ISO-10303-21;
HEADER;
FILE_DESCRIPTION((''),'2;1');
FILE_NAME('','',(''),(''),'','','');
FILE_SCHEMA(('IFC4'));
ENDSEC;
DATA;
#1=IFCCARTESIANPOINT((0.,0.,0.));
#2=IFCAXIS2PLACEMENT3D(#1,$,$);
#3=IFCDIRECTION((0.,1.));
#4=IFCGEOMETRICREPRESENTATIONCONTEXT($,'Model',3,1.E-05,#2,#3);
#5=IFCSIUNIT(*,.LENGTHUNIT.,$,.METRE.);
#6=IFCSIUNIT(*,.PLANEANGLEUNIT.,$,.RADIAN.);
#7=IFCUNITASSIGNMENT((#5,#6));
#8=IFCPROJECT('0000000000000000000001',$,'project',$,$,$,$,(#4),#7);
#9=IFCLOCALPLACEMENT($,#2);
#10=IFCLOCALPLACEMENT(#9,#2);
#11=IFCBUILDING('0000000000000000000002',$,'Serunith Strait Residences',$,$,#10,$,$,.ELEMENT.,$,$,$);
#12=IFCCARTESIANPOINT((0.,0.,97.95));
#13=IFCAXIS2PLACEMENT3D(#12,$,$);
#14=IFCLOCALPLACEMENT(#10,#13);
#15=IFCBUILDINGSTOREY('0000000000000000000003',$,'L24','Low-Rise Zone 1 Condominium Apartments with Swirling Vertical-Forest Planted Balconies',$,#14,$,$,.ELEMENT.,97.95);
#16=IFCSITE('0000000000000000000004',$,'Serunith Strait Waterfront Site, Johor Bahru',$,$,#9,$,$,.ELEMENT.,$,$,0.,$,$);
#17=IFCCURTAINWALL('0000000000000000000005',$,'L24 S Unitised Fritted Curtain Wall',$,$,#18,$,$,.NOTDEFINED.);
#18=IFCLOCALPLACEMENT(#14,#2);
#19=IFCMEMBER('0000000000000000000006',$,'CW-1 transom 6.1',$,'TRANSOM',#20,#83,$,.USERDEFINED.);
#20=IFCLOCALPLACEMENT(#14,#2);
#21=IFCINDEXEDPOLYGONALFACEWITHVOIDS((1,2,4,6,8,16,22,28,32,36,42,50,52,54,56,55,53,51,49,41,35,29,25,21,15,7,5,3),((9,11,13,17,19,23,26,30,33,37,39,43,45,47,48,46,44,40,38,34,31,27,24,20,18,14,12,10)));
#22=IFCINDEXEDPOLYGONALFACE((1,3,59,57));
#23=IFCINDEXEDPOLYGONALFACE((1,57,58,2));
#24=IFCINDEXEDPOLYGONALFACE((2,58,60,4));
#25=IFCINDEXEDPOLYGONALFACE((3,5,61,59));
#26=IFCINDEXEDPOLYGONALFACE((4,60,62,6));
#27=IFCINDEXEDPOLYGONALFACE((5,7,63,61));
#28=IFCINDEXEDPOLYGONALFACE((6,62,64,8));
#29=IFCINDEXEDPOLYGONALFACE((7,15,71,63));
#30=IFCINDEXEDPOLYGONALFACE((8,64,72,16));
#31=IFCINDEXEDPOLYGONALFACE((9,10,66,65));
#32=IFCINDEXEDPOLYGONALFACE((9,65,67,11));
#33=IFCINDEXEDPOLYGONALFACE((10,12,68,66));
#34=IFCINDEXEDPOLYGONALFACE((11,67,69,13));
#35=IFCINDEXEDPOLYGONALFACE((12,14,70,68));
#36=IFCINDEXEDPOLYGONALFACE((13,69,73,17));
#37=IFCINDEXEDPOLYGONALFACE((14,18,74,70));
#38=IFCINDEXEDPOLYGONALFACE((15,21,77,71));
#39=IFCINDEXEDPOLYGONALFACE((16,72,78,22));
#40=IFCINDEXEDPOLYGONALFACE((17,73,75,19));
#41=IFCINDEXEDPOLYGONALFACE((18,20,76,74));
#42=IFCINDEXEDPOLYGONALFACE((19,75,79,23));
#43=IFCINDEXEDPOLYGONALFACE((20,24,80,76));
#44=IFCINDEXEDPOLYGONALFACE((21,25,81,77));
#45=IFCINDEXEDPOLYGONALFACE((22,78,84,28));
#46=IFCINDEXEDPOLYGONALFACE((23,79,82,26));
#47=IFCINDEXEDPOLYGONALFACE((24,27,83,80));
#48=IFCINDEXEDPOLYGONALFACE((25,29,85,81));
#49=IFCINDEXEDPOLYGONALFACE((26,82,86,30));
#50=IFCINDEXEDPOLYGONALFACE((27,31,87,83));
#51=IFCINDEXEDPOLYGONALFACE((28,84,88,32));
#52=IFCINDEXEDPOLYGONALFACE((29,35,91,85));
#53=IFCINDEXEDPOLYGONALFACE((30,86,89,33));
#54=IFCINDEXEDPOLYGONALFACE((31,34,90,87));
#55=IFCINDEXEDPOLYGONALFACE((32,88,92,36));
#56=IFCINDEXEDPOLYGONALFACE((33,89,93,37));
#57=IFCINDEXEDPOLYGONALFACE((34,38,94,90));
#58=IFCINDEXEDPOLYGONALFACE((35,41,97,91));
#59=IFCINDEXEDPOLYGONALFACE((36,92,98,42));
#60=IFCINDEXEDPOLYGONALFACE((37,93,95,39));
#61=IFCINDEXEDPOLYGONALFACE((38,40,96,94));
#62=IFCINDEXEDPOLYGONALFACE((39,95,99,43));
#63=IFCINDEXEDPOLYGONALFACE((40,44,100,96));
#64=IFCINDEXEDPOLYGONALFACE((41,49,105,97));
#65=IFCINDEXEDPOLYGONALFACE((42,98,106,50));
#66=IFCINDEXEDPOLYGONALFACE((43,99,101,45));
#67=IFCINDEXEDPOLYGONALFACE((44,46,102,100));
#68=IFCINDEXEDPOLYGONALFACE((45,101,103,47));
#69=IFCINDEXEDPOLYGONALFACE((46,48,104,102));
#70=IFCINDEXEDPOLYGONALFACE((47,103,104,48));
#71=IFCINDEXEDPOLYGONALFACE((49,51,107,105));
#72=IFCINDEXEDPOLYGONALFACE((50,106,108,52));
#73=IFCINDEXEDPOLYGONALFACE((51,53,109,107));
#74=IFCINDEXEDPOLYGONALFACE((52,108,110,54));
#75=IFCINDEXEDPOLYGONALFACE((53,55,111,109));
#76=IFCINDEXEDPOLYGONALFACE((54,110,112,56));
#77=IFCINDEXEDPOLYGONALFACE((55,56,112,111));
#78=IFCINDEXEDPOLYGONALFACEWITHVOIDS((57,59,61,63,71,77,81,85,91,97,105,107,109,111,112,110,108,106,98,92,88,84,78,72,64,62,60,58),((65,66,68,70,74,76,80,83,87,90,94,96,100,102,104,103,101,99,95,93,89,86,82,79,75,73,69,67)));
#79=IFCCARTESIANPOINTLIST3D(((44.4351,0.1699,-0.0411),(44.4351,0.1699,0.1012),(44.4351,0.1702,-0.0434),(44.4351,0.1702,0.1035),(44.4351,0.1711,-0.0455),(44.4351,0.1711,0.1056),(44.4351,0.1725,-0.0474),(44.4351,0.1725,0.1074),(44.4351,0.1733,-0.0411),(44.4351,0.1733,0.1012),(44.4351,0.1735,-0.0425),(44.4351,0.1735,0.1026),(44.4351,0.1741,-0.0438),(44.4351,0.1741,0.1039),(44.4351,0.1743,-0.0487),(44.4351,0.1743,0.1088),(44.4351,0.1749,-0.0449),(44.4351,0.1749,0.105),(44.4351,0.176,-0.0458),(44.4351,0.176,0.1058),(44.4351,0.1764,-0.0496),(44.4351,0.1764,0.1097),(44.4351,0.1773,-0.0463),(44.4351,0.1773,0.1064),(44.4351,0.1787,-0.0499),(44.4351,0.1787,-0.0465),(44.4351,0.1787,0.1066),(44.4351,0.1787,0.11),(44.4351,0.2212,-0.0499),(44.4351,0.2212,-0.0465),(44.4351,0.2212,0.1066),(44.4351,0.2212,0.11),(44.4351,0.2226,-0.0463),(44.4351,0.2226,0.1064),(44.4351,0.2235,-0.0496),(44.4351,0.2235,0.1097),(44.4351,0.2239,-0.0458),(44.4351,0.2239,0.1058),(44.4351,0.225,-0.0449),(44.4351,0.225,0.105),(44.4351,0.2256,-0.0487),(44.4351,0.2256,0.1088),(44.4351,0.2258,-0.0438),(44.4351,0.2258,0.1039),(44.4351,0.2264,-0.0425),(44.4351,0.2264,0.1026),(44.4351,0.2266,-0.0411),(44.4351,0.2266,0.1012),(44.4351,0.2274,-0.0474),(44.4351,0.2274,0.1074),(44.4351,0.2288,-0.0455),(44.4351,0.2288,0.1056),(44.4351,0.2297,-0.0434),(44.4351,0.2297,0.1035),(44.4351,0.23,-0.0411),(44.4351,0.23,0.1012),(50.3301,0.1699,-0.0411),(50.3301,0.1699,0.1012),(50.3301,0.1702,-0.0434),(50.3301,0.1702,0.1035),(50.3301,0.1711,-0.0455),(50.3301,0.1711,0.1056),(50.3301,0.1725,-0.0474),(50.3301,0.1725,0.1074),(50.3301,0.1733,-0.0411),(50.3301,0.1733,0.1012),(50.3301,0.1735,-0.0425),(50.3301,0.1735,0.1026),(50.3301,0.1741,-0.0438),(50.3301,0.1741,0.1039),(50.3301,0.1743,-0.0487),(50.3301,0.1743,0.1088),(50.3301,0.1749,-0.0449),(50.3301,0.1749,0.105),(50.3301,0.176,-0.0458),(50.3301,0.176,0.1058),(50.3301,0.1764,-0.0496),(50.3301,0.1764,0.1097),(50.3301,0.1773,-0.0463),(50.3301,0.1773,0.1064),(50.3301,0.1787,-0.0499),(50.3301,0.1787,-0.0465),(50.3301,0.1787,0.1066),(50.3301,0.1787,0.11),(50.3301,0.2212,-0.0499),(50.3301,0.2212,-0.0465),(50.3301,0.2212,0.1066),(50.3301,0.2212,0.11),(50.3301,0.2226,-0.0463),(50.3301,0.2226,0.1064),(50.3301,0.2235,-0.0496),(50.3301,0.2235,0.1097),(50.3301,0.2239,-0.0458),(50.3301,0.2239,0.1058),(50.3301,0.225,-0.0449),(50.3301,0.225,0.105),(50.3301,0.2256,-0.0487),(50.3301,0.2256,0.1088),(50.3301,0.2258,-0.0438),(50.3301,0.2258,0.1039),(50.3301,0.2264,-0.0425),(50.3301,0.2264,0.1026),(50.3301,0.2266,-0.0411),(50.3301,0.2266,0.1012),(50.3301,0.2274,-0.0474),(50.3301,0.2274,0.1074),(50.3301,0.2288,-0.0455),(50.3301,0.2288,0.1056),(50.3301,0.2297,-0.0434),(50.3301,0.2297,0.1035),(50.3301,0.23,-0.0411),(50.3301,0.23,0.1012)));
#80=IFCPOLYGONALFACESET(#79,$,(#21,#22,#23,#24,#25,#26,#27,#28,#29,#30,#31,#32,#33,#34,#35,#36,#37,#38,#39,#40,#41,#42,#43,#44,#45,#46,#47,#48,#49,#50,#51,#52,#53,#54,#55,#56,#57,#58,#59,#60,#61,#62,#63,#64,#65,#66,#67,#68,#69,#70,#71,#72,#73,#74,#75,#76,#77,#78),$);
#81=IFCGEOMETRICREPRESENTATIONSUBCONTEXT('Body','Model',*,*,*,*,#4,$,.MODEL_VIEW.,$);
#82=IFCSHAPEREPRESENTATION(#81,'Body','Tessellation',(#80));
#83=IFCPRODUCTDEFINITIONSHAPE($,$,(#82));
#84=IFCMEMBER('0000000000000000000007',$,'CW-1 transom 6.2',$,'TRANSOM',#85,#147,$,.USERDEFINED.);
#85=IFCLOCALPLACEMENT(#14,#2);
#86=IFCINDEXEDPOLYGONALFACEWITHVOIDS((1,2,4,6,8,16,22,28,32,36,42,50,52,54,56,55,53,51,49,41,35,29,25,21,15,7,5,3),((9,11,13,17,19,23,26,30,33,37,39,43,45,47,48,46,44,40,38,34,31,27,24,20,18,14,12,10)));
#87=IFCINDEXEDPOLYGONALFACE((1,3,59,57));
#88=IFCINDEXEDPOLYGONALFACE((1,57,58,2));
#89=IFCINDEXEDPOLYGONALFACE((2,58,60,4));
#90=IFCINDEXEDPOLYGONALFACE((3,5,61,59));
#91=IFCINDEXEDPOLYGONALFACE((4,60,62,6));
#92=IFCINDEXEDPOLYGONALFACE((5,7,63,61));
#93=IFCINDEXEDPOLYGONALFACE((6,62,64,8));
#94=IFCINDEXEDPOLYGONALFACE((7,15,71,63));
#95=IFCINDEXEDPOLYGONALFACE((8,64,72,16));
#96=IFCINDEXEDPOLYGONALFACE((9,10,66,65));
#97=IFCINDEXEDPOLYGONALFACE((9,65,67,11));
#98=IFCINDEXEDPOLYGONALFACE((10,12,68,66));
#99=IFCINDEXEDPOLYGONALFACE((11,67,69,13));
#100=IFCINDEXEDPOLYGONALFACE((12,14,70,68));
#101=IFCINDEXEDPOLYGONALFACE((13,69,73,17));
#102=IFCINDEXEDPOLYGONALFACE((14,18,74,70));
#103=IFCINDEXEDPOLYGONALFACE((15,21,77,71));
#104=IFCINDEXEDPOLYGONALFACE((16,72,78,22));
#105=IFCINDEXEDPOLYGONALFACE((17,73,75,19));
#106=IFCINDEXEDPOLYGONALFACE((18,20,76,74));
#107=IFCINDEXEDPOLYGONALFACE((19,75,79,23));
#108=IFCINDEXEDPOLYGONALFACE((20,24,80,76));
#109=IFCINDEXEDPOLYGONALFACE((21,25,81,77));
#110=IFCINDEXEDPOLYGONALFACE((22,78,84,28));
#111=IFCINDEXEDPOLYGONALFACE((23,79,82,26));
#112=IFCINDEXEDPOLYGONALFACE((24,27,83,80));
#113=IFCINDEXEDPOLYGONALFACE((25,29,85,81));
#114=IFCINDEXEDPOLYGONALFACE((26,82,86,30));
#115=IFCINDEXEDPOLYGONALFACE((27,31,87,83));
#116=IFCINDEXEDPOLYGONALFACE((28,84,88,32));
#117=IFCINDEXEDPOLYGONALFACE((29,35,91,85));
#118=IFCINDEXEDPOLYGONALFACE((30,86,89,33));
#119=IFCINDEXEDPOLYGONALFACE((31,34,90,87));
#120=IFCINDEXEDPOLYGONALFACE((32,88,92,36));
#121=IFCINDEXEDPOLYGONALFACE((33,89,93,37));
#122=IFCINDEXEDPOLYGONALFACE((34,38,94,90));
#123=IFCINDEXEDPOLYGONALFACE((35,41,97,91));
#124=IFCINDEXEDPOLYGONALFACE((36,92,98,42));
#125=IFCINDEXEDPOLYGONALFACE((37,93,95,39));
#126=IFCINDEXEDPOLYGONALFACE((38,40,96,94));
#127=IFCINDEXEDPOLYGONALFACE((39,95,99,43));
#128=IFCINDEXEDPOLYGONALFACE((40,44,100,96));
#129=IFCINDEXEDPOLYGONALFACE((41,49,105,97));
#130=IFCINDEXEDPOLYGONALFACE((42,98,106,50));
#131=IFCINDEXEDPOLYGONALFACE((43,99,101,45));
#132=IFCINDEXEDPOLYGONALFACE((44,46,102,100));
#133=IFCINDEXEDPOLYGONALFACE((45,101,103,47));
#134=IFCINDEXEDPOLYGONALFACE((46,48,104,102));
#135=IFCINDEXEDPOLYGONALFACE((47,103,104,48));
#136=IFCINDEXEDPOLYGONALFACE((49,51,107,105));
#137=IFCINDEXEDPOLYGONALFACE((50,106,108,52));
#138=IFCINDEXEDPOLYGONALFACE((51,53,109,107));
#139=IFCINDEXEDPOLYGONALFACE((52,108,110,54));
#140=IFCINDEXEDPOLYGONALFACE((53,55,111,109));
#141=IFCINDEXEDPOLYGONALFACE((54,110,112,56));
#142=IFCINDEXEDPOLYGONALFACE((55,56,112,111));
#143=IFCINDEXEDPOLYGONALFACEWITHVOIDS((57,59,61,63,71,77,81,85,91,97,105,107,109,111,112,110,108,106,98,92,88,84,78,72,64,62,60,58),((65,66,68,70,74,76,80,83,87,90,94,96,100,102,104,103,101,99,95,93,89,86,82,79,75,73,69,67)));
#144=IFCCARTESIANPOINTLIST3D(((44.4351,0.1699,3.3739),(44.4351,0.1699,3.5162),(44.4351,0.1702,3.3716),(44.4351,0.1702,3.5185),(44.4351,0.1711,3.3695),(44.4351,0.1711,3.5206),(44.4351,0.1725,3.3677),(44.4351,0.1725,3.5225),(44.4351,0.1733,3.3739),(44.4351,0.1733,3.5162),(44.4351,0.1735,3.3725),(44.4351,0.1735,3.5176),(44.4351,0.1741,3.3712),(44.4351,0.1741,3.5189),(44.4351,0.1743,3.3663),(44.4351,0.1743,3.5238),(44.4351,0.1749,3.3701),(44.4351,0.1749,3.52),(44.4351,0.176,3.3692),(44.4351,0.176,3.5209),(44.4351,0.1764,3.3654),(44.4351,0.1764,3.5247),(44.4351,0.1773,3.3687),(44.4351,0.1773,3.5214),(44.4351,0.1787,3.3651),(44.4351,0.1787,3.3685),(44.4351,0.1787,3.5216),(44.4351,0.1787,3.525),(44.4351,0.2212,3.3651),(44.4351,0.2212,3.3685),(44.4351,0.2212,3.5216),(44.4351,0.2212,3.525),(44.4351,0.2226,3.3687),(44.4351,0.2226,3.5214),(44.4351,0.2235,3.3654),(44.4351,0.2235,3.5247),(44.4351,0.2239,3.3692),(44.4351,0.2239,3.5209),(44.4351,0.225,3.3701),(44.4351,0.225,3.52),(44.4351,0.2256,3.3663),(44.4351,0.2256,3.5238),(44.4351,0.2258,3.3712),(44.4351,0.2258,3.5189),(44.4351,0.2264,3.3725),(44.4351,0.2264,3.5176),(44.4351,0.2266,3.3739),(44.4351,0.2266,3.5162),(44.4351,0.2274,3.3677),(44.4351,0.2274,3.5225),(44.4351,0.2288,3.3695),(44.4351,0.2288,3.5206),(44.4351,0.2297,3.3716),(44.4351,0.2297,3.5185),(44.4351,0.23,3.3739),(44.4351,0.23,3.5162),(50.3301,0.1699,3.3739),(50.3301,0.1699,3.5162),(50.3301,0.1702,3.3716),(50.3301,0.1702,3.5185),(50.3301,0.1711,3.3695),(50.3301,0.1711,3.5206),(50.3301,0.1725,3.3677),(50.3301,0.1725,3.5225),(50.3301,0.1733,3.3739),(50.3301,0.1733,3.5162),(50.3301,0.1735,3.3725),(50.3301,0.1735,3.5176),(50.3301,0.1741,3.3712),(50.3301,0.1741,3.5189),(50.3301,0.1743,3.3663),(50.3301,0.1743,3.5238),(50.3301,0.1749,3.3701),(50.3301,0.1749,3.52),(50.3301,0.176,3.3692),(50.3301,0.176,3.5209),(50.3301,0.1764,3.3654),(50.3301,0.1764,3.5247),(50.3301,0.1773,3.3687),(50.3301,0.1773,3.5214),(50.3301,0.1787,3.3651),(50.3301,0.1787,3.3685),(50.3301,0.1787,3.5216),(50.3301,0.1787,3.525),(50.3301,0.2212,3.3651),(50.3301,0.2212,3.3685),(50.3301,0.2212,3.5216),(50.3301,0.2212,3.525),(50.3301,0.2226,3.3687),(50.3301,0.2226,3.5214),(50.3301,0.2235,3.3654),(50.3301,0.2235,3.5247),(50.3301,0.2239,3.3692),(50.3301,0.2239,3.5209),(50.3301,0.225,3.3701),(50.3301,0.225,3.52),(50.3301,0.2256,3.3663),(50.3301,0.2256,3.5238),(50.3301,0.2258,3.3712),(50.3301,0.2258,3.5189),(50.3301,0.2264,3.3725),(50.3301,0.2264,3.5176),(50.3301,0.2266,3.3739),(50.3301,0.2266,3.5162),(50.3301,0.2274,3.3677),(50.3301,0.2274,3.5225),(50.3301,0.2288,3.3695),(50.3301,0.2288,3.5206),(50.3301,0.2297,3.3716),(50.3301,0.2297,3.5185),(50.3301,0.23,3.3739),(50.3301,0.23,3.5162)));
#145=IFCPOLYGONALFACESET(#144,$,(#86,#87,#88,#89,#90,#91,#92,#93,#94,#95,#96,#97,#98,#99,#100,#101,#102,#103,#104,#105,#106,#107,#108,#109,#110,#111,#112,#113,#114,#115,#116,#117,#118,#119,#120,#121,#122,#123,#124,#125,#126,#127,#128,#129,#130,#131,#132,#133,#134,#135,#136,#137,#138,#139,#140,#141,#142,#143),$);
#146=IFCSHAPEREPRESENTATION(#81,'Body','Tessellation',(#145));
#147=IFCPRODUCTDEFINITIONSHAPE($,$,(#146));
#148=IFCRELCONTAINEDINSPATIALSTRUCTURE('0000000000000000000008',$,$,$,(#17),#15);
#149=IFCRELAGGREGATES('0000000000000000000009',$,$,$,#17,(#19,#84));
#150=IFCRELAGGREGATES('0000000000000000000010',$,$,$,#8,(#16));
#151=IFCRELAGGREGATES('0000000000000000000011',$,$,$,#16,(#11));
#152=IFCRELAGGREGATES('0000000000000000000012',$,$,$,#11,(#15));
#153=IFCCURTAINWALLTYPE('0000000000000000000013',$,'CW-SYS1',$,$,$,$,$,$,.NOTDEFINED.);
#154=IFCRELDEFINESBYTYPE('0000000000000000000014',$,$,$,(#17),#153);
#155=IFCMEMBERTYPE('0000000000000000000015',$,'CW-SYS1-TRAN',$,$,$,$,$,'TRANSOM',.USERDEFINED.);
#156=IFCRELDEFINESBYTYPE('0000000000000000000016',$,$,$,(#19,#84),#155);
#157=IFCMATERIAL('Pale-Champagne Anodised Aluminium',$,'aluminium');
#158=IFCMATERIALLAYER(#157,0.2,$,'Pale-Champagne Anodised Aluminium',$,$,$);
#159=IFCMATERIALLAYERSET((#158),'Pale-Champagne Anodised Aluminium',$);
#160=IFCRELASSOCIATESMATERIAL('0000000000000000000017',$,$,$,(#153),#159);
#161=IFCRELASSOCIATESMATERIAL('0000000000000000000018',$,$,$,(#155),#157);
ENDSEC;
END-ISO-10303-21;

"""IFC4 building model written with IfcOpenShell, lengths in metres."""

from ifc_helpers import new_model, si_unit, direction, frame, origin, origin_2d, place, context, subcontext, project, spatial, hollow_rectangle, extrude, source, transform, mapped, material, layer, layer_set, material_profile, profile_set, type_object, element, aggregate, save


model = new_model("IFC4")

# Units and contexts
model_context = context("Model", 3, precision=1e-05, world=origin(), true_north=direction((0.0, 1.0)))
body_context = subcontext(model_context, "Body", "Model", "MODEL_VIEW")
ifc_project = project(units=[si_unit("LENGTHUNIT", "METRE"), si_unit("PLANEANGLEUNIT", "RADIAN")], contexts=[model_context])

# Site, building, storey
site_placement = place(None, origin())
site = spatial("IfcSite", under=ifc_project, at=site_placement, Name="Serunith Strait Waterfront Site, Johor Bahru", CompositionType="ELEMENT", RefElevation=0.0)
building_placement = place(site_placement, origin())
building = spatial("IfcBuilding", under=site, at=building_placement, Name="Serunith Strait Residences", CompositionType="ELEMENT")
storey_placement = place(building_placement, frame((0.0, 0.0, 97.95)))
storey = spatial("IfcBuildingStorey", under=building, at=storey_placement, Name="L24", Description="Low-Rise Zone 1 Condominium Apartments with Swirling Vertical-Forest Planted Balconies", CompositionType="ELEMENT", Elevation=97.95)

# Curtain wall
ifc_material_1 = material(Name="Pale-Champagne Anodised Aluminium", Category="aluminium")
ifc_layer_1 = layer(ifc_material_1, 0.2, Name="Pale-Champagne Anodised Aluminium")
ifc_layer_set_1 = layer_set([ifc_layer_1], Name="Pale-Champagne Anodised Aluminium")
curtain_wall_type = type_object("IfcCurtainWallType", Name="CW-SYS1", PredefinedType="NOTDEFINED", material=ifc_layer_set_1)
curtain_wall_1_placement = place(storey_placement, origin())
curtain_wall_1 = element("IfcCurtainWall", 1, at=curtain_wall_1_placement, inside=storey, type_object=curtain_wall_type, Name="L24 S Unitised Fritted Curtain Wall", PredefinedType="NOTDEFINED")

# Members
ifc_material_profile_1 = material_profile(ifc_material_1, hollow_rectangle(XDim=0.0601, YDim=0.1599, WallThickness=0.0034, InnerFilletRadius=0.0054, OuterFilletRadius=0.0088, at=origin_2d()), Name="ALU 160x60x3.5")
ifc_profile_set_1 = profile_set([ifc_material_profile_1], Name="Pale-Champagne Anodised Aluminium")
member_type_1 = type_object("IfcMemberType", Name="CW-SYS1-TRAN", ElementType="TRANSOM", PredefinedType="USERDEFINED", material=ifc_profile_set_1)
shared_shape_1 = source(origin(), body_context, "Body", "SweptSolid", [
    extrude(hollow_rectangle(XDim=0.0601, YDim=0.1599, WallThickness=0.0034, InnerFilletRadius=0.0054, OuterFilletRadius=0.0088, at=origin_2d()), origin(), (0.0, 0.0, 1.0), 5.895),
])
member_1_placement = place(storey_placement, frame((44.4351, 0.2, 0.03), z_axis=(1.0, 0.0, 0.0), x_axis=(0.0, 1.0, 0.0)))
member_1 = element("IfcMember", 2, at=member_1_placement, type_object=member_type_1, Name="CW-1 transom 6.1", ObjectType="TRANSOM", PredefinedType="USERDEFINED", context=body_context, shape_type="MappedRepresentation", body=[
    mapped(shared_shape_1, transform((0.0, 0.0, 0.0), scale=1.0)),
])
member_2_placement = place(storey_placement, frame((44.4351, 0.2, 3.4451), z_axis=(1.0, 0.0, 0.0), x_axis=(0.0, 1.0, 0.0)))
member_2 = element("IfcMember", 3, at=member_2_placement, type_object=member_type_1, Name="CW-1 transom 6.2", ObjectType="TRANSOM", PredefinedType="USERDEFINED", context=body_context, shape_type="MappedRepresentation", body=[
    mapped(shared_shape_1, transform((0.0, 0.0, 0.0), scale=1.0)),
])

aggregate(curtain_wall_1, [member_1, member_2])

save(model, "model.ifc")
